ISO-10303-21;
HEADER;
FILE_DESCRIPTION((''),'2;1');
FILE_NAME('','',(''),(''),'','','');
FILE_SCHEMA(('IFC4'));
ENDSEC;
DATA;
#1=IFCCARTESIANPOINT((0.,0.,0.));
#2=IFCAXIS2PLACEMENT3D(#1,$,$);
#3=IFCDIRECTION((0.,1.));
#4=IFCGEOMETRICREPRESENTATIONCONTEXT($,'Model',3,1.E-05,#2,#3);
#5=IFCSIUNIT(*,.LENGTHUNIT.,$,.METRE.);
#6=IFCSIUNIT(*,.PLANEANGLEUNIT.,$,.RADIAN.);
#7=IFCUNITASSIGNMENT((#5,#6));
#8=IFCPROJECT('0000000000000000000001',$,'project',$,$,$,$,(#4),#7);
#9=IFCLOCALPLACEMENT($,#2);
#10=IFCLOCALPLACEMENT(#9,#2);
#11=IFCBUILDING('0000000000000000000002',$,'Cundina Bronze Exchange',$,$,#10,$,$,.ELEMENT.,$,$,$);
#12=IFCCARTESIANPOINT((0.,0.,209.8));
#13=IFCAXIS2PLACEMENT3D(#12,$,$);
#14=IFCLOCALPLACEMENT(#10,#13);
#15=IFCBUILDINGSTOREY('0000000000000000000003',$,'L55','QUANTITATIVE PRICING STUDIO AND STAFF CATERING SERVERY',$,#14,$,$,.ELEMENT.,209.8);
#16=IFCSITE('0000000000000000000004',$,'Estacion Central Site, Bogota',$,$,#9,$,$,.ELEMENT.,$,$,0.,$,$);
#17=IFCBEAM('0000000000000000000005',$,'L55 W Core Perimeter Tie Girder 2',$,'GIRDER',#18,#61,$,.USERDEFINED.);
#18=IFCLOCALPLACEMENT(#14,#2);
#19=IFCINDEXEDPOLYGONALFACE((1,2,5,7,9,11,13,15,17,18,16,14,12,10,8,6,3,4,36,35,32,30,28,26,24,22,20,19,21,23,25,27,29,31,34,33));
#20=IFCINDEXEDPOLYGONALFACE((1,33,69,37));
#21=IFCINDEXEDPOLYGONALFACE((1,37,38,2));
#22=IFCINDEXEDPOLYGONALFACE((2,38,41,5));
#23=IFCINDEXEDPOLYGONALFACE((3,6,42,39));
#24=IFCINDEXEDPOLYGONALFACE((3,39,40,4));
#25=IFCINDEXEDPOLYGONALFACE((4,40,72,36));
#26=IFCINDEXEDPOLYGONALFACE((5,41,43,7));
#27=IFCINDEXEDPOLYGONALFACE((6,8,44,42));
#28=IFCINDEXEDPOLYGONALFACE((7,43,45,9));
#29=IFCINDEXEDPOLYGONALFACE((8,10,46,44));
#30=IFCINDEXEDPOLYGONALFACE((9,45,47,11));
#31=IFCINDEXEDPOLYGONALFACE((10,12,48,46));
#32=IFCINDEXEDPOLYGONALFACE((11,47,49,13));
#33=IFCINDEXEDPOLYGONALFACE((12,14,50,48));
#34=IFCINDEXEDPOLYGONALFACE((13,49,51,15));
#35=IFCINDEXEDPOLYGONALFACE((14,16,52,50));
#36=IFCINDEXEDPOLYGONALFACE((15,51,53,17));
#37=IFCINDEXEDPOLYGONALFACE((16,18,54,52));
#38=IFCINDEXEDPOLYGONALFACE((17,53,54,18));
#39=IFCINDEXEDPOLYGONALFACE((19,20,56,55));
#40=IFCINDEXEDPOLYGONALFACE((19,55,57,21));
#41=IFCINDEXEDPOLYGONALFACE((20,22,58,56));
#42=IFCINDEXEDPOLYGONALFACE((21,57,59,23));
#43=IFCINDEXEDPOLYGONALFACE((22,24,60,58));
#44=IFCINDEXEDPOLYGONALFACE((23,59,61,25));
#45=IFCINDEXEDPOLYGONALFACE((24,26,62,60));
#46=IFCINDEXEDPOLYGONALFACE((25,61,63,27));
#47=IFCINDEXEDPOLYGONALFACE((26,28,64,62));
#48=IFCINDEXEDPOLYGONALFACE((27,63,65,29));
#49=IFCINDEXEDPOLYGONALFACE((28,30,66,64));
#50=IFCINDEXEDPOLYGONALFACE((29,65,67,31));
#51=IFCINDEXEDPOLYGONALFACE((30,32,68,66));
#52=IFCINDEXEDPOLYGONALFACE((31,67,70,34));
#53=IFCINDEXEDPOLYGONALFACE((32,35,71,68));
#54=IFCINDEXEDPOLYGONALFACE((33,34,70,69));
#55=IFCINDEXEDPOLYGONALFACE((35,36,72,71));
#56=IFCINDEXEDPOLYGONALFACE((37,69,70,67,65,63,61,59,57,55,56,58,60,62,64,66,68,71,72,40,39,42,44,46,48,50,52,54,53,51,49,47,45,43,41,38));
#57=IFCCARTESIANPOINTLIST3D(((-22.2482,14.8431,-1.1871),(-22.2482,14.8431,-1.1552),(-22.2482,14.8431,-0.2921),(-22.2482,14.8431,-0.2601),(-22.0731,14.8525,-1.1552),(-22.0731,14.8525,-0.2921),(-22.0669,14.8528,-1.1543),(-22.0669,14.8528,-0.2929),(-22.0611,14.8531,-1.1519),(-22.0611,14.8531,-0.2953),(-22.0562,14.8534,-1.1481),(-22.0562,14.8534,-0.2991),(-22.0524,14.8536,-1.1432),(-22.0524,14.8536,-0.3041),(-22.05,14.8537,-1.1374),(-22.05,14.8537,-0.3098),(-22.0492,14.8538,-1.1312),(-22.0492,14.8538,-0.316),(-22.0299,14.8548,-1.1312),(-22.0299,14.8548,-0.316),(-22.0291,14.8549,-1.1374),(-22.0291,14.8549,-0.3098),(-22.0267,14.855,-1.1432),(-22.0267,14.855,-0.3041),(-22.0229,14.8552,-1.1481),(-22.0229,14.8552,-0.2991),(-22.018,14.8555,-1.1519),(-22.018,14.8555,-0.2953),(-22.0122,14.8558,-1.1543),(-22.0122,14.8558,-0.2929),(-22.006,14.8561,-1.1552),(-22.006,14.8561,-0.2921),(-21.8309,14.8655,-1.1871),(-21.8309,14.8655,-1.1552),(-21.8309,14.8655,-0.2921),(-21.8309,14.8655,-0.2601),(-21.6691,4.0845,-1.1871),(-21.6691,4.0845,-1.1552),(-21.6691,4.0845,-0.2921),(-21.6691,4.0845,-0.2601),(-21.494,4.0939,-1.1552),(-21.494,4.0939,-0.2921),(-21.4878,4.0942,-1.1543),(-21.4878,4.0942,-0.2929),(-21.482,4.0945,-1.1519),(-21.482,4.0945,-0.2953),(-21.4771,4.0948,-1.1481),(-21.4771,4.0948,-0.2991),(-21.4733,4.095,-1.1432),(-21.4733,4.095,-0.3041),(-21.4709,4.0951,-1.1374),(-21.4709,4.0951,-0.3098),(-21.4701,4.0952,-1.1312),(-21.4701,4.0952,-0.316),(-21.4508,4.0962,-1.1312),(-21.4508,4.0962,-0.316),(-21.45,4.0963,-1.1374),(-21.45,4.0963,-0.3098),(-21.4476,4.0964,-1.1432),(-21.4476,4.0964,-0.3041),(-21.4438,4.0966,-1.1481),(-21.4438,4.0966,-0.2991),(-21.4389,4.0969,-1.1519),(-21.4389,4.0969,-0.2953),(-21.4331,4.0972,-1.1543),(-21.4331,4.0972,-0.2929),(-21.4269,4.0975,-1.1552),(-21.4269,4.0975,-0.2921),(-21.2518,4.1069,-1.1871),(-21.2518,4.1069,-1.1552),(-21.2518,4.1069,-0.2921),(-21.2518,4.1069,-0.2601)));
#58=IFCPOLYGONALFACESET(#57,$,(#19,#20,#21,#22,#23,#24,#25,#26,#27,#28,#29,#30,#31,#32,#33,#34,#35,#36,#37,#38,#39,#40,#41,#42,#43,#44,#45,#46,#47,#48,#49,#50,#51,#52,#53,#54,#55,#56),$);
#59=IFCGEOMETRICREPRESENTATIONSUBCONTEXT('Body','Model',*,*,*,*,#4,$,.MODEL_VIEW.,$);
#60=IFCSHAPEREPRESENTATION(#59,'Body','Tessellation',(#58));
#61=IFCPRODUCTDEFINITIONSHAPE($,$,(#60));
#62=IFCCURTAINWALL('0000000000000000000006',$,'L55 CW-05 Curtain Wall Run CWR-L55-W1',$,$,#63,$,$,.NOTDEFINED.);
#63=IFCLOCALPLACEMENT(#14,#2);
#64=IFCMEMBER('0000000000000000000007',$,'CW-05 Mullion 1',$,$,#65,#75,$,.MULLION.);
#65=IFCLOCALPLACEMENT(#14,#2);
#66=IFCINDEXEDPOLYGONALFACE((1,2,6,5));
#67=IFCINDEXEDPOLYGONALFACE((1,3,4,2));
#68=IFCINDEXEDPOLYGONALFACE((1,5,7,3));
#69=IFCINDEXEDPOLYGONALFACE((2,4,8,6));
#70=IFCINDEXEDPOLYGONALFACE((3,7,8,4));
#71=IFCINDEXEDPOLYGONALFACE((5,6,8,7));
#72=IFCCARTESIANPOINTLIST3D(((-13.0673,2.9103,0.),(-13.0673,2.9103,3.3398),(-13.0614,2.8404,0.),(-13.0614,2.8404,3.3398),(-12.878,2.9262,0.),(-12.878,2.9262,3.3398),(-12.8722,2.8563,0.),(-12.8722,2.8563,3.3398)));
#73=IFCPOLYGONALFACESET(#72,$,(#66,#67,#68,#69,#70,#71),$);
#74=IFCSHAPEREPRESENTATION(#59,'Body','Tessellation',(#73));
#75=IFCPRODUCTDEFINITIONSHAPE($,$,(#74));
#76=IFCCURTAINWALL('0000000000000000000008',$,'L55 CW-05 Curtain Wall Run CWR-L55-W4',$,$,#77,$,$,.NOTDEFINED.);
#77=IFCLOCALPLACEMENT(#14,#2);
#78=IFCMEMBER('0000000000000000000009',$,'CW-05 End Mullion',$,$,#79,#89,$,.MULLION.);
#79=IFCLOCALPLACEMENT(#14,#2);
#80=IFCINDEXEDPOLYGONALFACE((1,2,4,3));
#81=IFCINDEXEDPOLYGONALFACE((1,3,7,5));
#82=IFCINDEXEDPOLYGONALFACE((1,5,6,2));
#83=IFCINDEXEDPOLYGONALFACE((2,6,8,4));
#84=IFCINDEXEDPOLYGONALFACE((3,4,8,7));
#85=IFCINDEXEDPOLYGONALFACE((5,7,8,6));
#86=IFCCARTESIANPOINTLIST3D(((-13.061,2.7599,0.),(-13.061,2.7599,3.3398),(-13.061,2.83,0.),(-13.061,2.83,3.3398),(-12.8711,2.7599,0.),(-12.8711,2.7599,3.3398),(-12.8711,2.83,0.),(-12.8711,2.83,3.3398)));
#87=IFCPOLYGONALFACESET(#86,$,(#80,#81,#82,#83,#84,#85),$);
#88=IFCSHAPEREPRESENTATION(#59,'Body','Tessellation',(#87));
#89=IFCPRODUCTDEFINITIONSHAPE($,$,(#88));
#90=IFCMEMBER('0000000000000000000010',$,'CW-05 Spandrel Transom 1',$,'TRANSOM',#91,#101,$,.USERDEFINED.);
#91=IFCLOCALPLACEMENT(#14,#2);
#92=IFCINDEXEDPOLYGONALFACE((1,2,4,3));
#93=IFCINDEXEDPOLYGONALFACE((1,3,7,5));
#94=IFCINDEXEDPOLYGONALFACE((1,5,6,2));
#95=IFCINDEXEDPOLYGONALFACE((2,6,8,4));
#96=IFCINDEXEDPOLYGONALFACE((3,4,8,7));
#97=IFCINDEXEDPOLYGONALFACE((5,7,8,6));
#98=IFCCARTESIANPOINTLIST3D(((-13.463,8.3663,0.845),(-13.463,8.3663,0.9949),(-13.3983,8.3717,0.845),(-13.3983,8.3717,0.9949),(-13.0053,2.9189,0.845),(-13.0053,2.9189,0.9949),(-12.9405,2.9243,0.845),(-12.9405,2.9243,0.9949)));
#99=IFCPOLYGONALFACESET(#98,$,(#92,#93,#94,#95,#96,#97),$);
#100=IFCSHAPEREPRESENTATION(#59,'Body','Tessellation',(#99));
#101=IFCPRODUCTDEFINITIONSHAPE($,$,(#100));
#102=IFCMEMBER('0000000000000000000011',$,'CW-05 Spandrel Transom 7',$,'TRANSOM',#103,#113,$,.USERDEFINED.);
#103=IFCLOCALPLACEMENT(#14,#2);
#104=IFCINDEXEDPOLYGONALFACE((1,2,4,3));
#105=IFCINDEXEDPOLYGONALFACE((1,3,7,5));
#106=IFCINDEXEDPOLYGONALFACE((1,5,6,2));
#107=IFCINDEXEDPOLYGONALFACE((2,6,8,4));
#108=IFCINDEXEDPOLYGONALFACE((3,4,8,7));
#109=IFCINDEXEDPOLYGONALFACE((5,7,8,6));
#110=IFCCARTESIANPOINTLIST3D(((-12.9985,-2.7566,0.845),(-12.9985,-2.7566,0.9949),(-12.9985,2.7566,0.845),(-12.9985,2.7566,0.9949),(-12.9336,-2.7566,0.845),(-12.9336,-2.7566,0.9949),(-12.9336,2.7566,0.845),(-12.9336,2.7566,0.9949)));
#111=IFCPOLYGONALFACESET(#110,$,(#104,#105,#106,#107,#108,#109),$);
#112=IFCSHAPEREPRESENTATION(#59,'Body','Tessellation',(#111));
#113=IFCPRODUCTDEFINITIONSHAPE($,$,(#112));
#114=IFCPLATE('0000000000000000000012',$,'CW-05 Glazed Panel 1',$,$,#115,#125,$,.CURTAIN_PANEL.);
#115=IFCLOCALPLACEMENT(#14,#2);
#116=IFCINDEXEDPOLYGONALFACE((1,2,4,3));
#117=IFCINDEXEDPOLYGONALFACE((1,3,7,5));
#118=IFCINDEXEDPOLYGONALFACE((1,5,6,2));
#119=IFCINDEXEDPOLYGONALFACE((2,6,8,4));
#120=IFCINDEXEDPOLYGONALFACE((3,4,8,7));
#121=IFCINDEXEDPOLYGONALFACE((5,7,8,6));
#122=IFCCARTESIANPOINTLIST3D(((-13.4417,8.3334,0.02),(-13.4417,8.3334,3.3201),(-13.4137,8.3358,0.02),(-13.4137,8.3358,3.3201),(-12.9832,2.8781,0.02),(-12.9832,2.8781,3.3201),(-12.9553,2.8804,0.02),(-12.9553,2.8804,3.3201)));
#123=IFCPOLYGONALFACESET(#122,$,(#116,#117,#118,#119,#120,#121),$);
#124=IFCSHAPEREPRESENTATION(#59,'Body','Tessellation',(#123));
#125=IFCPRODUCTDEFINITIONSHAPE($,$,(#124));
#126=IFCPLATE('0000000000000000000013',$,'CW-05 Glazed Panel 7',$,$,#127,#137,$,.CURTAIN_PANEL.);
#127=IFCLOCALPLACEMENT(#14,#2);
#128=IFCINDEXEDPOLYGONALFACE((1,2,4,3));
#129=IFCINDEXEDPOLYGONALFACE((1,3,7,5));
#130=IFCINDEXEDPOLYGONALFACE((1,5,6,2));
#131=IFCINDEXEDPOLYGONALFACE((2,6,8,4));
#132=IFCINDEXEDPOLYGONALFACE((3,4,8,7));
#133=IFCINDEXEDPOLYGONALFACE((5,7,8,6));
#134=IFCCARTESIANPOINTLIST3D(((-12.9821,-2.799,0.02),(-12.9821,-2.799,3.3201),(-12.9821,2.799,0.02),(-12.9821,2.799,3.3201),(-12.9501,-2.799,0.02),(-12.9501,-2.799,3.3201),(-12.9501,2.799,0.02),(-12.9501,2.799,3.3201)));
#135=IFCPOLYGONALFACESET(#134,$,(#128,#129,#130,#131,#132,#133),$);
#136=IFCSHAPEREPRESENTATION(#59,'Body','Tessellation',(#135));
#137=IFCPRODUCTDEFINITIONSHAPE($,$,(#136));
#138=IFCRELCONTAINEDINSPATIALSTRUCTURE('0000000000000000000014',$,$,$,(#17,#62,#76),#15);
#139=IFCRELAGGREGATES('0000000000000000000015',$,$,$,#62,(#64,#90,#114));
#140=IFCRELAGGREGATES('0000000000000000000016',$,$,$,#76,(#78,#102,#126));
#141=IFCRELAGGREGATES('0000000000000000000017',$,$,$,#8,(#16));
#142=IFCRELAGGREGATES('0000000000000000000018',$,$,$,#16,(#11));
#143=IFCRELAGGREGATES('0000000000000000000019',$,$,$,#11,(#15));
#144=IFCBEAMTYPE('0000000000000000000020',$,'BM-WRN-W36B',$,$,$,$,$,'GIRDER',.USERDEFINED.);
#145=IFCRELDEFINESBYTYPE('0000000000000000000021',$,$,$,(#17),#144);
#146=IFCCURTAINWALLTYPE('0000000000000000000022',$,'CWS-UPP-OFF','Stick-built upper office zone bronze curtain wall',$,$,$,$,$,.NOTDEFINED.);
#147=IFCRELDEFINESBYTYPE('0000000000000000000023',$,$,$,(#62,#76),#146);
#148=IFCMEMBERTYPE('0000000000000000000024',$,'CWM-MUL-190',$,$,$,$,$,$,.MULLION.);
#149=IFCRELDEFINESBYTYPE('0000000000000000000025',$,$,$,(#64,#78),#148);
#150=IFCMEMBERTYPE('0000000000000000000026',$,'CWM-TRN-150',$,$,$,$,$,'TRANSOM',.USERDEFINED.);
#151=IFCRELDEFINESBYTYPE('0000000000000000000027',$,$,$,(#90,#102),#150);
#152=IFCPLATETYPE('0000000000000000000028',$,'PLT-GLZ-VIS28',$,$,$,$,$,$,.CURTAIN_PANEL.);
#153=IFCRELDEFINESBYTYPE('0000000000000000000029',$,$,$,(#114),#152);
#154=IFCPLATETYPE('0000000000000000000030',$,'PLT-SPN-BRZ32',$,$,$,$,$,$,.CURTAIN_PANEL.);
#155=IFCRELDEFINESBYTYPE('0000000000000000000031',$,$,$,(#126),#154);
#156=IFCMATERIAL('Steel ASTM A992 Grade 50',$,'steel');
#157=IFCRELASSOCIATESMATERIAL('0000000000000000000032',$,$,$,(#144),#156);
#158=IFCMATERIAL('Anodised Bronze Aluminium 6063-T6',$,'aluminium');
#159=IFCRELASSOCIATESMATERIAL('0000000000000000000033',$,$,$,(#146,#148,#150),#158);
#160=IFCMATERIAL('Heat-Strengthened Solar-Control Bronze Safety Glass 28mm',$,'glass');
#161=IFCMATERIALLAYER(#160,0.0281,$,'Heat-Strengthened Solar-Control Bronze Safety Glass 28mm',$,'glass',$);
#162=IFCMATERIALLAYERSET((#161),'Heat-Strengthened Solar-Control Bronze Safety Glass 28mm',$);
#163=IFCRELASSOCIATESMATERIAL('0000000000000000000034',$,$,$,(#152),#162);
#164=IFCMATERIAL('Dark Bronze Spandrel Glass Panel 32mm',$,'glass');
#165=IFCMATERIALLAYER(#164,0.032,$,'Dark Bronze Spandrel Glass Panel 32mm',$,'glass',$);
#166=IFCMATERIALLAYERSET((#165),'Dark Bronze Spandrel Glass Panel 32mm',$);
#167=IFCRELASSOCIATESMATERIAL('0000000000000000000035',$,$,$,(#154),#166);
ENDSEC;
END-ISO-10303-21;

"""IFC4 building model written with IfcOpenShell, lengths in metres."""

from ifc_helpers import new_model, si_unit, direction, frame, origin, origin_2d, place, context, subcontext, project, spatial, rectangle, i_section, extrude, material, layer, layer_set, material_profile, profile_set, type_object, element, aggregate, save


model = new_model("IFC4")

# Units and contexts
model_context = context("Model", 3, precision=1e-05, world=origin(), true_north=direction((0.0, 1.0)))
body_context = subcontext(model_context, "Body", "Model", "MODEL_VIEW")
ifc_project = project(units=[si_unit("LENGTHUNIT", "METRE"), si_unit("PLANEANGLEUNIT", "RADIAN")], contexts=[model_context])

# Site, building, storey
site_placement = place(None, origin())
site = spatial("IfcSite", under=ifc_project, at=site_placement, Name="Estacion Central Site, Bogota", CompositionType="ELEMENT", RefElevation=0.0)
building_placement = place(site_placement, origin())
building = spatial("IfcBuilding", under=site, at=building_placement, Name="Cundina Bronze Exchange", CompositionType="ELEMENT")
storey_placement = place(building_placement, frame((0.0, 0.0, 209.8)))
storey = spatial("IfcBuildingStorey", under=building, at=storey_placement, Name="L55", Description="QUANTITATIVE PRICING STUDIO AND STAFF CATERING SERVERY", CompositionType="ELEMENT", Elevation=209.8)

# Shared definitions
ifc_material_1 = material(Name="Steel ASTM A992 Grade 50", Category="steel")

# Beam
ifc_material_profile_1 = material_profile(ifc_material_1, i_section(OverallWidth=0.418, OverallDepth=0.927, WebThickness=0.0193, FlangeThickness=0.032, FilletRadius=0.0239, at=origin_2d()), Name="W36X231", Category="steel")
ifc_profile_set_1 = profile_set([ifc_material_profile_1], Name="Steel ASTM A992 Grade 50")
beam_type_1 = type_object("IfcBeamType", Name="BM-WRN-W36B", ElementType="GIRDER", PredefinedType="USERDEFINED", material=ifc_profile_set_1)
beam_1_placement = place(storey_placement, frame((-21.4604, 4.0957, -0.7236), z_axis=(-0.053749, 0.998554, 0.0), x_axis=(-0.998554, -0.053749, 0.0)))
element("IfcBeam", 1, at=beam_1_placement, inside=storey, type_object=beam_type_1, Name="L55 W Core Perimeter Tie Girder 2", ObjectType="GIRDER", PredefinedType="USERDEFINED", context=body_context, shape_type="SweptSolid", body=[
    extrude(i_section(OverallWidth=0.418, OverallDepth=0.927, WebThickness=0.0193, FlangeThickness=0.032, FilletRadius=0.0239, at=origin_2d()), origin(), (0.0, 0.0, 1.0), 10.7742),
])

# Curtain walls, members
ifc_material_2 = material(Name="Anodised Bronze Aluminium 6063-T6", Category="aluminium")
curtain_wall_type = type_object("IfcCurtainWallType", Name="CWS-UPP-OFF", Description="Stick-built upper office zone bronze curtain wall", PredefinedType="NOTDEFINED", material=ifc_material_2)
curtain_wall_1_placement = place(storey_placement, origin())
curtain_wall_1 = element("IfcCurtainWall", 2, at=curtain_wall_1_placement, inside=storey, type_object=curtain_wall_type, Name="L55 CW-05 Curtain Wall Run CWR-L55-W1", PredefinedType="NOTDEFINED")
ifc_material_profile_2 = material_profile(ifc_material_2, rectangle(XDim=0.0701, YDim=0.1899, at=origin_2d()), Name="AL70X190", Category="aluminium")
ifc_profile_set_2 = profile_set([ifc_material_profile_2], Name="Anodised Bronze Aluminium 6063-T6")
member_type_1 = type_object("IfcMemberType", Name="CWM-MUL-190", PredefinedType="MULLION", material=ifc_profile_set_2)
member_1_placement = place(storey_placement, frame((-12.9697, 2.8833, 0.0), z_axis=(0.0, 0.0, 1.0), x_axis=(-0.083678, 0.996493, 0.0)))
member_1 = element("IfcMember", 3, at=member_1_placement, type_object=member_type_1, Name="CW-05 Mullion 1", PredefinedType="MULLION", context=body_context, shape_type="SweptSolid", body=[
    extrude(rectangle(XDim=0.0701, YDim=0.1899, at=origin_2d()), origin(), (0.0, 0.0, 1.0), 3.3398),
])
curtain_wall_2_placement = place(storey_placement, origin())
curtain_wall_2 = element("IfcCurtainWall", 4, at=curtain_wall_2_placement, inside=storey, type_object=curtain_wall_type, Name="L55 CW-05 Curtain Wall Run CWR-L55-W4", PredefinedType="NOTDEFINED")
member_2_placement = place(storey_placement, frame((-12.9661, 2.7949, 0.0), z_axis=(0.0, 0.0, 1.0), x_axis=(0.0, 1.0, 0.0)))
member_2 = element("IfcMember", 5, at=member_2_placement, type_object=member_type_1, Name="CW-05 End Mullion", PredefinedType="MULLION", context=body_context, shape_type="SweptSolid", body=[
    extrude(rectangle(XDim=0.0701, YDim=0.1899, at=origin_2d()), origin(), (0.0, 0.0, 1.0), 3.3398),
])

# Members
ifc_material_profile_3 = material_profile(ifc_material_2, rectangle(XDim=0.0649, YDim=0.1499, at=origin_2d()), Name="AL65X150", Category="aluminium")
ifc_profile_set_3 = profile_set([ifc_material_profile_3], Name="Anodised Bronze Aluminium 6063-T6")
member_type_2 = type_object("IfcMemberType", Name="CWM-TRN-150", ElementType="TRANSOM", PredefinedType="USERDEFINED", material=ifc_profile_set_3)
member_3_placement = place(storey_placement, frame((-12.9729, 2.9216, 0.9199), z_axis=(-0.08374, 0.996488, 0.0), x_axis=(-0.996488, -0.08374, 0.0)))
member_3 = element("IfcMember", 6, at=member_3_placement, type_object=member_type_2, Name="CW-05 Spandrel Transom 1", ObjectType="TRANSOM", PredefinedType="USERDEFINED", context=body_context, shape_type="SweptSolid", body=[
    extrude(rectangle(XDim=0.0649, YDim=0.1499, at=origin_2d()), origin(), (0.0, 0.0, 1.0), 5.4666),
])
member_4_placement = place(storey_placement, frame((-12.9661, -2.7566, 0.9199), z_axis=(0.0, 1.0, 0.0), x_axis=(-1.0, 0.0, 0.0)))
member_4 = element("IfcMember", 7, at=member_4_placement, type_object=member_type_2, Name="CW-05 Spandrel Transom 7", ObjectType="TRANSOM", PredefinedType="USERDEFINED", context=body_context, shape_type="SweptSolid", body=[
    extrude(rectangle(XDim=0.0649, YDim=0.1499, at=origin_2d()), origin(), (0.0, 0.0, 1.0), 5.5132),
])

# Plates
ifc_material_3 = material(Name="Heat-Strengthened Solar-Control Bronze Safety Glass 28mm", Category="glass")
ifc_layer_1 = layer(ifc_material_3, 0.0281, Name="Heat-Strengthened Solar-Control Bronze Safety Glass 28mm", Category="glass")
ifc_layer_set_1 = layer_set([ifc_layer_1], Name="Heat-Strengthened Solar-Control Bronze Safety Glass 28mm")
plate_type_1 = type_object("IfcPlateType", Name="PLT-GLZ-VIS28", PredefinedType="CURTAIN_PANEL", material=ifc_layer_set_1)
plate_1_placement = place(storey_placement, frame((-13.1985, 5.6069, 0.02), z_axis=(0.0, 0.0, 1.0), x_axis=(-0.083747, 0.996487, 0.0)))
plate_1 = element("IfcPlate", 8, at=plate_1_placement, type_object=plate_type_1, Name="CW-05 Glazed Panel 1", PredefinedType="CURTAIN_PANEL", context=body_context, shape_type="SweptSolid", body=[
    extrude(rectangle(XDim=5.4746, YDim=0.0281, at=origin_2d()), origin(), (0.0, 0.0, 1.0), 3.3),
])
aggregate(curtain_wall_1, [member_1, member_3, plate_1])
ifc_material_4 = material(Name="Dark Bronze Spandrel Glass Panel 32mm", Category="glass")
ifc_layer_2 = layer(ifc_material_4, 0.032, Name="Dark Bronze Spandrel Glass Panel 32mm", Category="glass")
ifc_layer_set_2 = layer_set([ifc_layer_2], Name="Dark Bronze Spandrel Glass Panel 32mm")
plate_type_2 = type_object("IfcPlateType", Name="PLT-SPN-BRZ32", PredefinedType="CURTAIN_PANEL", material=ifc_layer_set_2)
plate_2_placement = place(storey_placement, frame((-12.9661, 0.0, 0.02), z_axis=(0.0, 0.0, 1.0), x_axis=(0.0, 1.0, 0.0)))
plate_2 = element("IfcPlate", 9, at=plate_2_placement, type_object=plate_type_2, Name="CW-05 Glazed Panel 7", PredefinedType="CURTAIN_PANEL", context=body_context, shape_type="SweptSolid", body=[
    extrude(rectangle(XDim=5.5979, YDim=0.032, at=origin_2d()), origin(), (0.0, 0.0, 1.0), 3.3),
])
aggregate(curtain_wall_2, [member_2, member_4, plate_2])

save(model, "model.ifc")
